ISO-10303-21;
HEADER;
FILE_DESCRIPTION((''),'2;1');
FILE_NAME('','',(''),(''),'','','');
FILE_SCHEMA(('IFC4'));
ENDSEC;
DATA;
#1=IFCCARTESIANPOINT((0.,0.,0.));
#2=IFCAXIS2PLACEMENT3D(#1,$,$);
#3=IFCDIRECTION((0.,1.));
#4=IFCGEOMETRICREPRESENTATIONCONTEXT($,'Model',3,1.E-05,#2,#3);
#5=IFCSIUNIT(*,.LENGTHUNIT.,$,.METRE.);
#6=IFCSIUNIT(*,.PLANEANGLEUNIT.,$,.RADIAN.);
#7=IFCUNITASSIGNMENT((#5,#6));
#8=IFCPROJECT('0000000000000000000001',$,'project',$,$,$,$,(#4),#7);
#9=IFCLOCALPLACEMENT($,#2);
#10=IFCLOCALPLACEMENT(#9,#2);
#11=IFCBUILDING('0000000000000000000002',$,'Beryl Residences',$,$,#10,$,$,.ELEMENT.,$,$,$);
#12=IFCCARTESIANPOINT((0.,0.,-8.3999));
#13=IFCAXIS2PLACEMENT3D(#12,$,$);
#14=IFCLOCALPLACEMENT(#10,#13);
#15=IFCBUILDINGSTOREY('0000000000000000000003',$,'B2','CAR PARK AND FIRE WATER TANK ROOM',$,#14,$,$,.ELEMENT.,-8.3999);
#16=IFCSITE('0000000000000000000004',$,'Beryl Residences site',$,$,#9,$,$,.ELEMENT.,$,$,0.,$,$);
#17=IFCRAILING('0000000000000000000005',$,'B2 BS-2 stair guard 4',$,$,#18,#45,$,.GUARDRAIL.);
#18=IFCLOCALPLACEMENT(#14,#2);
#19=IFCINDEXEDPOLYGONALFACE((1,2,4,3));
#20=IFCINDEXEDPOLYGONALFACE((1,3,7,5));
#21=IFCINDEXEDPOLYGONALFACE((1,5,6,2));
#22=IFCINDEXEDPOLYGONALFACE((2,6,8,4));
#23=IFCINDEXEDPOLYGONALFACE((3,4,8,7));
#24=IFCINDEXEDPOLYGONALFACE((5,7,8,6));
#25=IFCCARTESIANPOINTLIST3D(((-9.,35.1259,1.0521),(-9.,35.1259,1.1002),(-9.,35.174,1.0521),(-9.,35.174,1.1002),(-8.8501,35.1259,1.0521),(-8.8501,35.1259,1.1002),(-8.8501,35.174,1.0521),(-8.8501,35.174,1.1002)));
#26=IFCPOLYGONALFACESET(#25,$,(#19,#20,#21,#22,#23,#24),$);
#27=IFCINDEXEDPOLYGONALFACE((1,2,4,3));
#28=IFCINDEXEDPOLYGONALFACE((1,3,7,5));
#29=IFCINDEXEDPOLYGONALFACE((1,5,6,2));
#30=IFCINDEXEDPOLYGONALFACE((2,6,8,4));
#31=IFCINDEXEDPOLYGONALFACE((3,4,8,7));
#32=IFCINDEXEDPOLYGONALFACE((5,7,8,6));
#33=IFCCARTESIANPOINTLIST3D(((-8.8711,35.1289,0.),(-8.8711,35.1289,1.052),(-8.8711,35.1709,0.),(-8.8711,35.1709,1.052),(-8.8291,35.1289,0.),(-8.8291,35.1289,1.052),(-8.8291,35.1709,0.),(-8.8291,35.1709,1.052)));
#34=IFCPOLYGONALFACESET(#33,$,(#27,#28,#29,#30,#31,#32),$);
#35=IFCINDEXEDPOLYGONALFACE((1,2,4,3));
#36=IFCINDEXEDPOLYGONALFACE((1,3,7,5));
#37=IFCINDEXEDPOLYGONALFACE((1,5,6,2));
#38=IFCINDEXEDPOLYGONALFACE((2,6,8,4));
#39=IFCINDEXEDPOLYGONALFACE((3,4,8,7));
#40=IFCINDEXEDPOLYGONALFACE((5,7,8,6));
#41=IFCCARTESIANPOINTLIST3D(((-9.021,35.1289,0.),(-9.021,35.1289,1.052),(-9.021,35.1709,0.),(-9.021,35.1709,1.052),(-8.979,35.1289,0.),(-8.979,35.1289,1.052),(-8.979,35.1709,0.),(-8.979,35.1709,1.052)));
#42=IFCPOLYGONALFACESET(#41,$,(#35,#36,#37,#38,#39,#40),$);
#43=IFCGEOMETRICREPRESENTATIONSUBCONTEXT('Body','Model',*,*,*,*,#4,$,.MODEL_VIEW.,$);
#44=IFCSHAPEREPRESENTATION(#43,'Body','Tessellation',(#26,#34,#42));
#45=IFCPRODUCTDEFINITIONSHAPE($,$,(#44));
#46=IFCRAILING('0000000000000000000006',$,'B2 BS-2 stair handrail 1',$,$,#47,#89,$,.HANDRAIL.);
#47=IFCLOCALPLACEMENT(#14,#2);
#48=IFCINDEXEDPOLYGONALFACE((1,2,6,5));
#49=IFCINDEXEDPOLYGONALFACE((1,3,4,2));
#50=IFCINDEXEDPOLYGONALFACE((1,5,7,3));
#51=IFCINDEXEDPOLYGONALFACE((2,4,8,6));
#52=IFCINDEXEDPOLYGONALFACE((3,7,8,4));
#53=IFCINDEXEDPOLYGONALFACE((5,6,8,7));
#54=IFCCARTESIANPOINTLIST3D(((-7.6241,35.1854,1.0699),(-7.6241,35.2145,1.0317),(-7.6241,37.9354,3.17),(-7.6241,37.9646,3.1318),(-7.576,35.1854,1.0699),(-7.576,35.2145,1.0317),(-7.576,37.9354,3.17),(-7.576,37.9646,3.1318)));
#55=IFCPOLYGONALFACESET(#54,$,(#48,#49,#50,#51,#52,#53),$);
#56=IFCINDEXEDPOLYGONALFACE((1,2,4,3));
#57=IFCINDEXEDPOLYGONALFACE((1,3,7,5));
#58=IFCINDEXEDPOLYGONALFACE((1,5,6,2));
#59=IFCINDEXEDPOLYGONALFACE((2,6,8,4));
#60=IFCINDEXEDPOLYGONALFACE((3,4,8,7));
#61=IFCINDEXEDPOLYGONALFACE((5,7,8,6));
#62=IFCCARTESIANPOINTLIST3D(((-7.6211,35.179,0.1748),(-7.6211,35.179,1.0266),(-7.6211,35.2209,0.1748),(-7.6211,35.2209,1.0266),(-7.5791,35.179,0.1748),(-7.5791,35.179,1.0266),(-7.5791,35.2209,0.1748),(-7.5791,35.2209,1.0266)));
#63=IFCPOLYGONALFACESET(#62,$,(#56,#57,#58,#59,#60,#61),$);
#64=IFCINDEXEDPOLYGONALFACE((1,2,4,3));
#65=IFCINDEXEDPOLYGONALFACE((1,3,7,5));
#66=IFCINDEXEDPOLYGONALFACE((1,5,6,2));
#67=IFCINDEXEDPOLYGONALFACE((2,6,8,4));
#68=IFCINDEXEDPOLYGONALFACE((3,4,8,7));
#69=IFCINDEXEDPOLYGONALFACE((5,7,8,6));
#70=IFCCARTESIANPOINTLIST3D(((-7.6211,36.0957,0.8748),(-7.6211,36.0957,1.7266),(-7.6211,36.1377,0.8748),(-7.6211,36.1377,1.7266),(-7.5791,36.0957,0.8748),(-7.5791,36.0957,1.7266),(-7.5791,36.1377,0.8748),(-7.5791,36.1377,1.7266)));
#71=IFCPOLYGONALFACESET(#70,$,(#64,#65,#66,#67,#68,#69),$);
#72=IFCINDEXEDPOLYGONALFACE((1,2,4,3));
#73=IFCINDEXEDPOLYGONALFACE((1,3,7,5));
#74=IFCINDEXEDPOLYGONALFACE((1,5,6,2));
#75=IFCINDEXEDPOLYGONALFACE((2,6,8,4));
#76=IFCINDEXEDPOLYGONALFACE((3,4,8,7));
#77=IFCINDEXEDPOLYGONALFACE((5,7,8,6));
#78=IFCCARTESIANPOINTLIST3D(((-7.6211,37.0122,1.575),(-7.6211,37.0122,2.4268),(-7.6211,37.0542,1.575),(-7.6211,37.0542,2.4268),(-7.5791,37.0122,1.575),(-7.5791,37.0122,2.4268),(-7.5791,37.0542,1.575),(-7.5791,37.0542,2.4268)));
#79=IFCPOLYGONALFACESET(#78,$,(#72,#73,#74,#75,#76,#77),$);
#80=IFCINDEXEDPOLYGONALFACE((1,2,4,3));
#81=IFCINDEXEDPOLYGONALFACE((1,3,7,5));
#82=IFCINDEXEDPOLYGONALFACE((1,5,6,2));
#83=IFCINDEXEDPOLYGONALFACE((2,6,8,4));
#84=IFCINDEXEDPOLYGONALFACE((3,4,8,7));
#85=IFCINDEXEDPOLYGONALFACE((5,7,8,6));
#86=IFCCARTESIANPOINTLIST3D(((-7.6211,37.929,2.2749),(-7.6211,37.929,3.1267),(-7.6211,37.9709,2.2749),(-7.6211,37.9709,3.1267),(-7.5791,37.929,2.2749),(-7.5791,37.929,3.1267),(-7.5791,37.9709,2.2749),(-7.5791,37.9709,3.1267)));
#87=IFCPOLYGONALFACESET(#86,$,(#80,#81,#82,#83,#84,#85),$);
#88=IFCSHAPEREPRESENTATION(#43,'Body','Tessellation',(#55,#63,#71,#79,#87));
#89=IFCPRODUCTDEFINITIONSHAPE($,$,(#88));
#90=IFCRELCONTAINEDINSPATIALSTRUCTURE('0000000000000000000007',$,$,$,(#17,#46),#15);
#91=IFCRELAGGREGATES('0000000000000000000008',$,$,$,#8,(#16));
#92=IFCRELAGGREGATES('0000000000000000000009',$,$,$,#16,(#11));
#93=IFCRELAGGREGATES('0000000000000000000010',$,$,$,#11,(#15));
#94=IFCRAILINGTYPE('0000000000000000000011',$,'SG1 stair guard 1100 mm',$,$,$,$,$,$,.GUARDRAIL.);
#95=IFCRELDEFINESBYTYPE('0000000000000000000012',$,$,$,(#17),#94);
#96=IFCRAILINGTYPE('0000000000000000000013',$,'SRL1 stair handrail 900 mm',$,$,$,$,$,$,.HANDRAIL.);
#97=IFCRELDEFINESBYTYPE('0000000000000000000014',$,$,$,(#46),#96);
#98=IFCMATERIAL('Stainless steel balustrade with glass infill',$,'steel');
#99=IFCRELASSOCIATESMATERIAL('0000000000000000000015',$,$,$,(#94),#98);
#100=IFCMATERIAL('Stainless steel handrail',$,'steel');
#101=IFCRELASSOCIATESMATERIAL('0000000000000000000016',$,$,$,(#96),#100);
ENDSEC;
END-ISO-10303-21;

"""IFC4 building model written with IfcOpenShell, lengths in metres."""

from ifc_helpers import new_model, si_unit, direction, frame, origin, origin_2d, place, context, subcontext, project, spatial, rectangle, extrude, material, type_object, element, save


model = new_model("IFC4")

# Units and contexts
model_context = context("Model", 3, precision=1e-05, world=origin(), true_north=direction((0.0, 1.0)))
body_context = subcontext(model_context, "Body", "Model", "MODEL_VIEW")
ifc_project = project(units=[si_unit("LENGTHUNIT", "METRE"), si_unit("PLANEANGLEUNIT", "RADIAN")], contexts=[model_context])

# Site, building, storey
site_placement = place(None, origin())
site = spatial("IfcSite", under=ifc_project, at=site_placement, Name="Beryl Residences site", CompositionType="ELEMENT", RefElevation=0.0)
building_placement = place(site_placement, origin())
building = spatial("IfcBuilding", under=site, at=building_placement, Name="Beryl Residences", CompositionType="ELEMENT")
storey_placement = place(building_placement, frame((0.0, 0.0, -8.3999)))
storey = spatial("IfcBuildingStorey", under=building, at=storey_placement, Name="B2", Description="CAR PARK AND FIRE WATER TANK ROOM", CompositionType="ELEMENT", Elevation=-8.3999)

# Railings
ifc_material_1 = material(Name="Stainless steel balustrade with glass infill", Category="steel")
railing_type_1 = type_object("IfcRailingType", Name="SG1 stair guard 1100 mm", PredefinedType="GUARDRAIL", material=ifc_material_1)
railing_1_placement = place(storey_placement, frame((-8.8501, 35.1499, 0.0)))
element("IfcRailing", 1, at=railing_1_placement, inside=storey, type_object=railing_type_1, Name="B2 BS-2 stair guard 4", PredefinedType="GUARDRAIL", context=body_context, shape_type="SweptSolid", body=[
    extrude(rectangle(XDim=0.0481, YDim=0.0481, at=origin_2d()), frame((0.0, 0.0, 1.0762), z_axis=(-1.0, 0.0, 0.0), x_axis=(0.0, -1.0, 0.0)), (0.0, 0.0, 1.0), 0.1499),
    extrude(rectangle(XDim=0.042, YDim=0.042, at=origin_2d()), origin(), (0.0, 0.0, 1.0), 1.052),
    extrude(rectangle(XDim=0.042, YDim=0.042, at=origin_2d()), frame((-0.1499, 0.0, 0.0)), (0.0, 0.0, 1.0), 1.052),
])
ifc_material_2 = material(Name="Stainless steel handrail", Category="steel")
railing_type_2 = type_object("IfcRailingType", Name="SRL1 stair handrail 900 mm", PredefinedType="HANDRAIL", material=ifc_material_2)
railing_2_placement = place(storey_placement, frame((-7.6001, 35.2, 0.1748)))
element("IfcRailing", 2, at=railing_2_placement, inside=storey, type_object=railing_type_2, Name="B2 BS-2 stair handrail 1", PredefinedType="HANDRAIL", context=body_context, shape_type="SweptSolid", body=[
    extrude(rectangle(XDim=0.0481, YDim=0.0481, at=origin_2d()), frame((0.0, 0.0, 0.876), z_axis=(0.0, 0.794754, 0.606931), x_axis=(-1.0, 0.0, 0.0)), (0.0, 0.0, 1.0), 3.4602),
    extrude(rectangle(XDim=0.042, YDim=0.042, at=origin_2d()), origin(), (0.0, 0.0, 1.0), 0.8518),
    extrude(rectangle(XDim=0.042, YDim=0.042, at=origin_2d()), frame((0.0, 0.9167, 0.7)), (0.0, 0.0, 1.0), 0.8518),
    extrude(rectangle(XDim=0.042, YDim=0.042, at=origin_2d()), frame((0.0, 1.8333, 1.4001)), (0.0, 0.0, 1.0), 0.8518),
    extrude(rectangle(XDim=0.042, YDim=0.042, at=origin_2d()), frame((0.0, 2.75, 2.1001)), (0.0, 0.0, 1.0), 0.8518),
])

save(model, "model.ifc")
